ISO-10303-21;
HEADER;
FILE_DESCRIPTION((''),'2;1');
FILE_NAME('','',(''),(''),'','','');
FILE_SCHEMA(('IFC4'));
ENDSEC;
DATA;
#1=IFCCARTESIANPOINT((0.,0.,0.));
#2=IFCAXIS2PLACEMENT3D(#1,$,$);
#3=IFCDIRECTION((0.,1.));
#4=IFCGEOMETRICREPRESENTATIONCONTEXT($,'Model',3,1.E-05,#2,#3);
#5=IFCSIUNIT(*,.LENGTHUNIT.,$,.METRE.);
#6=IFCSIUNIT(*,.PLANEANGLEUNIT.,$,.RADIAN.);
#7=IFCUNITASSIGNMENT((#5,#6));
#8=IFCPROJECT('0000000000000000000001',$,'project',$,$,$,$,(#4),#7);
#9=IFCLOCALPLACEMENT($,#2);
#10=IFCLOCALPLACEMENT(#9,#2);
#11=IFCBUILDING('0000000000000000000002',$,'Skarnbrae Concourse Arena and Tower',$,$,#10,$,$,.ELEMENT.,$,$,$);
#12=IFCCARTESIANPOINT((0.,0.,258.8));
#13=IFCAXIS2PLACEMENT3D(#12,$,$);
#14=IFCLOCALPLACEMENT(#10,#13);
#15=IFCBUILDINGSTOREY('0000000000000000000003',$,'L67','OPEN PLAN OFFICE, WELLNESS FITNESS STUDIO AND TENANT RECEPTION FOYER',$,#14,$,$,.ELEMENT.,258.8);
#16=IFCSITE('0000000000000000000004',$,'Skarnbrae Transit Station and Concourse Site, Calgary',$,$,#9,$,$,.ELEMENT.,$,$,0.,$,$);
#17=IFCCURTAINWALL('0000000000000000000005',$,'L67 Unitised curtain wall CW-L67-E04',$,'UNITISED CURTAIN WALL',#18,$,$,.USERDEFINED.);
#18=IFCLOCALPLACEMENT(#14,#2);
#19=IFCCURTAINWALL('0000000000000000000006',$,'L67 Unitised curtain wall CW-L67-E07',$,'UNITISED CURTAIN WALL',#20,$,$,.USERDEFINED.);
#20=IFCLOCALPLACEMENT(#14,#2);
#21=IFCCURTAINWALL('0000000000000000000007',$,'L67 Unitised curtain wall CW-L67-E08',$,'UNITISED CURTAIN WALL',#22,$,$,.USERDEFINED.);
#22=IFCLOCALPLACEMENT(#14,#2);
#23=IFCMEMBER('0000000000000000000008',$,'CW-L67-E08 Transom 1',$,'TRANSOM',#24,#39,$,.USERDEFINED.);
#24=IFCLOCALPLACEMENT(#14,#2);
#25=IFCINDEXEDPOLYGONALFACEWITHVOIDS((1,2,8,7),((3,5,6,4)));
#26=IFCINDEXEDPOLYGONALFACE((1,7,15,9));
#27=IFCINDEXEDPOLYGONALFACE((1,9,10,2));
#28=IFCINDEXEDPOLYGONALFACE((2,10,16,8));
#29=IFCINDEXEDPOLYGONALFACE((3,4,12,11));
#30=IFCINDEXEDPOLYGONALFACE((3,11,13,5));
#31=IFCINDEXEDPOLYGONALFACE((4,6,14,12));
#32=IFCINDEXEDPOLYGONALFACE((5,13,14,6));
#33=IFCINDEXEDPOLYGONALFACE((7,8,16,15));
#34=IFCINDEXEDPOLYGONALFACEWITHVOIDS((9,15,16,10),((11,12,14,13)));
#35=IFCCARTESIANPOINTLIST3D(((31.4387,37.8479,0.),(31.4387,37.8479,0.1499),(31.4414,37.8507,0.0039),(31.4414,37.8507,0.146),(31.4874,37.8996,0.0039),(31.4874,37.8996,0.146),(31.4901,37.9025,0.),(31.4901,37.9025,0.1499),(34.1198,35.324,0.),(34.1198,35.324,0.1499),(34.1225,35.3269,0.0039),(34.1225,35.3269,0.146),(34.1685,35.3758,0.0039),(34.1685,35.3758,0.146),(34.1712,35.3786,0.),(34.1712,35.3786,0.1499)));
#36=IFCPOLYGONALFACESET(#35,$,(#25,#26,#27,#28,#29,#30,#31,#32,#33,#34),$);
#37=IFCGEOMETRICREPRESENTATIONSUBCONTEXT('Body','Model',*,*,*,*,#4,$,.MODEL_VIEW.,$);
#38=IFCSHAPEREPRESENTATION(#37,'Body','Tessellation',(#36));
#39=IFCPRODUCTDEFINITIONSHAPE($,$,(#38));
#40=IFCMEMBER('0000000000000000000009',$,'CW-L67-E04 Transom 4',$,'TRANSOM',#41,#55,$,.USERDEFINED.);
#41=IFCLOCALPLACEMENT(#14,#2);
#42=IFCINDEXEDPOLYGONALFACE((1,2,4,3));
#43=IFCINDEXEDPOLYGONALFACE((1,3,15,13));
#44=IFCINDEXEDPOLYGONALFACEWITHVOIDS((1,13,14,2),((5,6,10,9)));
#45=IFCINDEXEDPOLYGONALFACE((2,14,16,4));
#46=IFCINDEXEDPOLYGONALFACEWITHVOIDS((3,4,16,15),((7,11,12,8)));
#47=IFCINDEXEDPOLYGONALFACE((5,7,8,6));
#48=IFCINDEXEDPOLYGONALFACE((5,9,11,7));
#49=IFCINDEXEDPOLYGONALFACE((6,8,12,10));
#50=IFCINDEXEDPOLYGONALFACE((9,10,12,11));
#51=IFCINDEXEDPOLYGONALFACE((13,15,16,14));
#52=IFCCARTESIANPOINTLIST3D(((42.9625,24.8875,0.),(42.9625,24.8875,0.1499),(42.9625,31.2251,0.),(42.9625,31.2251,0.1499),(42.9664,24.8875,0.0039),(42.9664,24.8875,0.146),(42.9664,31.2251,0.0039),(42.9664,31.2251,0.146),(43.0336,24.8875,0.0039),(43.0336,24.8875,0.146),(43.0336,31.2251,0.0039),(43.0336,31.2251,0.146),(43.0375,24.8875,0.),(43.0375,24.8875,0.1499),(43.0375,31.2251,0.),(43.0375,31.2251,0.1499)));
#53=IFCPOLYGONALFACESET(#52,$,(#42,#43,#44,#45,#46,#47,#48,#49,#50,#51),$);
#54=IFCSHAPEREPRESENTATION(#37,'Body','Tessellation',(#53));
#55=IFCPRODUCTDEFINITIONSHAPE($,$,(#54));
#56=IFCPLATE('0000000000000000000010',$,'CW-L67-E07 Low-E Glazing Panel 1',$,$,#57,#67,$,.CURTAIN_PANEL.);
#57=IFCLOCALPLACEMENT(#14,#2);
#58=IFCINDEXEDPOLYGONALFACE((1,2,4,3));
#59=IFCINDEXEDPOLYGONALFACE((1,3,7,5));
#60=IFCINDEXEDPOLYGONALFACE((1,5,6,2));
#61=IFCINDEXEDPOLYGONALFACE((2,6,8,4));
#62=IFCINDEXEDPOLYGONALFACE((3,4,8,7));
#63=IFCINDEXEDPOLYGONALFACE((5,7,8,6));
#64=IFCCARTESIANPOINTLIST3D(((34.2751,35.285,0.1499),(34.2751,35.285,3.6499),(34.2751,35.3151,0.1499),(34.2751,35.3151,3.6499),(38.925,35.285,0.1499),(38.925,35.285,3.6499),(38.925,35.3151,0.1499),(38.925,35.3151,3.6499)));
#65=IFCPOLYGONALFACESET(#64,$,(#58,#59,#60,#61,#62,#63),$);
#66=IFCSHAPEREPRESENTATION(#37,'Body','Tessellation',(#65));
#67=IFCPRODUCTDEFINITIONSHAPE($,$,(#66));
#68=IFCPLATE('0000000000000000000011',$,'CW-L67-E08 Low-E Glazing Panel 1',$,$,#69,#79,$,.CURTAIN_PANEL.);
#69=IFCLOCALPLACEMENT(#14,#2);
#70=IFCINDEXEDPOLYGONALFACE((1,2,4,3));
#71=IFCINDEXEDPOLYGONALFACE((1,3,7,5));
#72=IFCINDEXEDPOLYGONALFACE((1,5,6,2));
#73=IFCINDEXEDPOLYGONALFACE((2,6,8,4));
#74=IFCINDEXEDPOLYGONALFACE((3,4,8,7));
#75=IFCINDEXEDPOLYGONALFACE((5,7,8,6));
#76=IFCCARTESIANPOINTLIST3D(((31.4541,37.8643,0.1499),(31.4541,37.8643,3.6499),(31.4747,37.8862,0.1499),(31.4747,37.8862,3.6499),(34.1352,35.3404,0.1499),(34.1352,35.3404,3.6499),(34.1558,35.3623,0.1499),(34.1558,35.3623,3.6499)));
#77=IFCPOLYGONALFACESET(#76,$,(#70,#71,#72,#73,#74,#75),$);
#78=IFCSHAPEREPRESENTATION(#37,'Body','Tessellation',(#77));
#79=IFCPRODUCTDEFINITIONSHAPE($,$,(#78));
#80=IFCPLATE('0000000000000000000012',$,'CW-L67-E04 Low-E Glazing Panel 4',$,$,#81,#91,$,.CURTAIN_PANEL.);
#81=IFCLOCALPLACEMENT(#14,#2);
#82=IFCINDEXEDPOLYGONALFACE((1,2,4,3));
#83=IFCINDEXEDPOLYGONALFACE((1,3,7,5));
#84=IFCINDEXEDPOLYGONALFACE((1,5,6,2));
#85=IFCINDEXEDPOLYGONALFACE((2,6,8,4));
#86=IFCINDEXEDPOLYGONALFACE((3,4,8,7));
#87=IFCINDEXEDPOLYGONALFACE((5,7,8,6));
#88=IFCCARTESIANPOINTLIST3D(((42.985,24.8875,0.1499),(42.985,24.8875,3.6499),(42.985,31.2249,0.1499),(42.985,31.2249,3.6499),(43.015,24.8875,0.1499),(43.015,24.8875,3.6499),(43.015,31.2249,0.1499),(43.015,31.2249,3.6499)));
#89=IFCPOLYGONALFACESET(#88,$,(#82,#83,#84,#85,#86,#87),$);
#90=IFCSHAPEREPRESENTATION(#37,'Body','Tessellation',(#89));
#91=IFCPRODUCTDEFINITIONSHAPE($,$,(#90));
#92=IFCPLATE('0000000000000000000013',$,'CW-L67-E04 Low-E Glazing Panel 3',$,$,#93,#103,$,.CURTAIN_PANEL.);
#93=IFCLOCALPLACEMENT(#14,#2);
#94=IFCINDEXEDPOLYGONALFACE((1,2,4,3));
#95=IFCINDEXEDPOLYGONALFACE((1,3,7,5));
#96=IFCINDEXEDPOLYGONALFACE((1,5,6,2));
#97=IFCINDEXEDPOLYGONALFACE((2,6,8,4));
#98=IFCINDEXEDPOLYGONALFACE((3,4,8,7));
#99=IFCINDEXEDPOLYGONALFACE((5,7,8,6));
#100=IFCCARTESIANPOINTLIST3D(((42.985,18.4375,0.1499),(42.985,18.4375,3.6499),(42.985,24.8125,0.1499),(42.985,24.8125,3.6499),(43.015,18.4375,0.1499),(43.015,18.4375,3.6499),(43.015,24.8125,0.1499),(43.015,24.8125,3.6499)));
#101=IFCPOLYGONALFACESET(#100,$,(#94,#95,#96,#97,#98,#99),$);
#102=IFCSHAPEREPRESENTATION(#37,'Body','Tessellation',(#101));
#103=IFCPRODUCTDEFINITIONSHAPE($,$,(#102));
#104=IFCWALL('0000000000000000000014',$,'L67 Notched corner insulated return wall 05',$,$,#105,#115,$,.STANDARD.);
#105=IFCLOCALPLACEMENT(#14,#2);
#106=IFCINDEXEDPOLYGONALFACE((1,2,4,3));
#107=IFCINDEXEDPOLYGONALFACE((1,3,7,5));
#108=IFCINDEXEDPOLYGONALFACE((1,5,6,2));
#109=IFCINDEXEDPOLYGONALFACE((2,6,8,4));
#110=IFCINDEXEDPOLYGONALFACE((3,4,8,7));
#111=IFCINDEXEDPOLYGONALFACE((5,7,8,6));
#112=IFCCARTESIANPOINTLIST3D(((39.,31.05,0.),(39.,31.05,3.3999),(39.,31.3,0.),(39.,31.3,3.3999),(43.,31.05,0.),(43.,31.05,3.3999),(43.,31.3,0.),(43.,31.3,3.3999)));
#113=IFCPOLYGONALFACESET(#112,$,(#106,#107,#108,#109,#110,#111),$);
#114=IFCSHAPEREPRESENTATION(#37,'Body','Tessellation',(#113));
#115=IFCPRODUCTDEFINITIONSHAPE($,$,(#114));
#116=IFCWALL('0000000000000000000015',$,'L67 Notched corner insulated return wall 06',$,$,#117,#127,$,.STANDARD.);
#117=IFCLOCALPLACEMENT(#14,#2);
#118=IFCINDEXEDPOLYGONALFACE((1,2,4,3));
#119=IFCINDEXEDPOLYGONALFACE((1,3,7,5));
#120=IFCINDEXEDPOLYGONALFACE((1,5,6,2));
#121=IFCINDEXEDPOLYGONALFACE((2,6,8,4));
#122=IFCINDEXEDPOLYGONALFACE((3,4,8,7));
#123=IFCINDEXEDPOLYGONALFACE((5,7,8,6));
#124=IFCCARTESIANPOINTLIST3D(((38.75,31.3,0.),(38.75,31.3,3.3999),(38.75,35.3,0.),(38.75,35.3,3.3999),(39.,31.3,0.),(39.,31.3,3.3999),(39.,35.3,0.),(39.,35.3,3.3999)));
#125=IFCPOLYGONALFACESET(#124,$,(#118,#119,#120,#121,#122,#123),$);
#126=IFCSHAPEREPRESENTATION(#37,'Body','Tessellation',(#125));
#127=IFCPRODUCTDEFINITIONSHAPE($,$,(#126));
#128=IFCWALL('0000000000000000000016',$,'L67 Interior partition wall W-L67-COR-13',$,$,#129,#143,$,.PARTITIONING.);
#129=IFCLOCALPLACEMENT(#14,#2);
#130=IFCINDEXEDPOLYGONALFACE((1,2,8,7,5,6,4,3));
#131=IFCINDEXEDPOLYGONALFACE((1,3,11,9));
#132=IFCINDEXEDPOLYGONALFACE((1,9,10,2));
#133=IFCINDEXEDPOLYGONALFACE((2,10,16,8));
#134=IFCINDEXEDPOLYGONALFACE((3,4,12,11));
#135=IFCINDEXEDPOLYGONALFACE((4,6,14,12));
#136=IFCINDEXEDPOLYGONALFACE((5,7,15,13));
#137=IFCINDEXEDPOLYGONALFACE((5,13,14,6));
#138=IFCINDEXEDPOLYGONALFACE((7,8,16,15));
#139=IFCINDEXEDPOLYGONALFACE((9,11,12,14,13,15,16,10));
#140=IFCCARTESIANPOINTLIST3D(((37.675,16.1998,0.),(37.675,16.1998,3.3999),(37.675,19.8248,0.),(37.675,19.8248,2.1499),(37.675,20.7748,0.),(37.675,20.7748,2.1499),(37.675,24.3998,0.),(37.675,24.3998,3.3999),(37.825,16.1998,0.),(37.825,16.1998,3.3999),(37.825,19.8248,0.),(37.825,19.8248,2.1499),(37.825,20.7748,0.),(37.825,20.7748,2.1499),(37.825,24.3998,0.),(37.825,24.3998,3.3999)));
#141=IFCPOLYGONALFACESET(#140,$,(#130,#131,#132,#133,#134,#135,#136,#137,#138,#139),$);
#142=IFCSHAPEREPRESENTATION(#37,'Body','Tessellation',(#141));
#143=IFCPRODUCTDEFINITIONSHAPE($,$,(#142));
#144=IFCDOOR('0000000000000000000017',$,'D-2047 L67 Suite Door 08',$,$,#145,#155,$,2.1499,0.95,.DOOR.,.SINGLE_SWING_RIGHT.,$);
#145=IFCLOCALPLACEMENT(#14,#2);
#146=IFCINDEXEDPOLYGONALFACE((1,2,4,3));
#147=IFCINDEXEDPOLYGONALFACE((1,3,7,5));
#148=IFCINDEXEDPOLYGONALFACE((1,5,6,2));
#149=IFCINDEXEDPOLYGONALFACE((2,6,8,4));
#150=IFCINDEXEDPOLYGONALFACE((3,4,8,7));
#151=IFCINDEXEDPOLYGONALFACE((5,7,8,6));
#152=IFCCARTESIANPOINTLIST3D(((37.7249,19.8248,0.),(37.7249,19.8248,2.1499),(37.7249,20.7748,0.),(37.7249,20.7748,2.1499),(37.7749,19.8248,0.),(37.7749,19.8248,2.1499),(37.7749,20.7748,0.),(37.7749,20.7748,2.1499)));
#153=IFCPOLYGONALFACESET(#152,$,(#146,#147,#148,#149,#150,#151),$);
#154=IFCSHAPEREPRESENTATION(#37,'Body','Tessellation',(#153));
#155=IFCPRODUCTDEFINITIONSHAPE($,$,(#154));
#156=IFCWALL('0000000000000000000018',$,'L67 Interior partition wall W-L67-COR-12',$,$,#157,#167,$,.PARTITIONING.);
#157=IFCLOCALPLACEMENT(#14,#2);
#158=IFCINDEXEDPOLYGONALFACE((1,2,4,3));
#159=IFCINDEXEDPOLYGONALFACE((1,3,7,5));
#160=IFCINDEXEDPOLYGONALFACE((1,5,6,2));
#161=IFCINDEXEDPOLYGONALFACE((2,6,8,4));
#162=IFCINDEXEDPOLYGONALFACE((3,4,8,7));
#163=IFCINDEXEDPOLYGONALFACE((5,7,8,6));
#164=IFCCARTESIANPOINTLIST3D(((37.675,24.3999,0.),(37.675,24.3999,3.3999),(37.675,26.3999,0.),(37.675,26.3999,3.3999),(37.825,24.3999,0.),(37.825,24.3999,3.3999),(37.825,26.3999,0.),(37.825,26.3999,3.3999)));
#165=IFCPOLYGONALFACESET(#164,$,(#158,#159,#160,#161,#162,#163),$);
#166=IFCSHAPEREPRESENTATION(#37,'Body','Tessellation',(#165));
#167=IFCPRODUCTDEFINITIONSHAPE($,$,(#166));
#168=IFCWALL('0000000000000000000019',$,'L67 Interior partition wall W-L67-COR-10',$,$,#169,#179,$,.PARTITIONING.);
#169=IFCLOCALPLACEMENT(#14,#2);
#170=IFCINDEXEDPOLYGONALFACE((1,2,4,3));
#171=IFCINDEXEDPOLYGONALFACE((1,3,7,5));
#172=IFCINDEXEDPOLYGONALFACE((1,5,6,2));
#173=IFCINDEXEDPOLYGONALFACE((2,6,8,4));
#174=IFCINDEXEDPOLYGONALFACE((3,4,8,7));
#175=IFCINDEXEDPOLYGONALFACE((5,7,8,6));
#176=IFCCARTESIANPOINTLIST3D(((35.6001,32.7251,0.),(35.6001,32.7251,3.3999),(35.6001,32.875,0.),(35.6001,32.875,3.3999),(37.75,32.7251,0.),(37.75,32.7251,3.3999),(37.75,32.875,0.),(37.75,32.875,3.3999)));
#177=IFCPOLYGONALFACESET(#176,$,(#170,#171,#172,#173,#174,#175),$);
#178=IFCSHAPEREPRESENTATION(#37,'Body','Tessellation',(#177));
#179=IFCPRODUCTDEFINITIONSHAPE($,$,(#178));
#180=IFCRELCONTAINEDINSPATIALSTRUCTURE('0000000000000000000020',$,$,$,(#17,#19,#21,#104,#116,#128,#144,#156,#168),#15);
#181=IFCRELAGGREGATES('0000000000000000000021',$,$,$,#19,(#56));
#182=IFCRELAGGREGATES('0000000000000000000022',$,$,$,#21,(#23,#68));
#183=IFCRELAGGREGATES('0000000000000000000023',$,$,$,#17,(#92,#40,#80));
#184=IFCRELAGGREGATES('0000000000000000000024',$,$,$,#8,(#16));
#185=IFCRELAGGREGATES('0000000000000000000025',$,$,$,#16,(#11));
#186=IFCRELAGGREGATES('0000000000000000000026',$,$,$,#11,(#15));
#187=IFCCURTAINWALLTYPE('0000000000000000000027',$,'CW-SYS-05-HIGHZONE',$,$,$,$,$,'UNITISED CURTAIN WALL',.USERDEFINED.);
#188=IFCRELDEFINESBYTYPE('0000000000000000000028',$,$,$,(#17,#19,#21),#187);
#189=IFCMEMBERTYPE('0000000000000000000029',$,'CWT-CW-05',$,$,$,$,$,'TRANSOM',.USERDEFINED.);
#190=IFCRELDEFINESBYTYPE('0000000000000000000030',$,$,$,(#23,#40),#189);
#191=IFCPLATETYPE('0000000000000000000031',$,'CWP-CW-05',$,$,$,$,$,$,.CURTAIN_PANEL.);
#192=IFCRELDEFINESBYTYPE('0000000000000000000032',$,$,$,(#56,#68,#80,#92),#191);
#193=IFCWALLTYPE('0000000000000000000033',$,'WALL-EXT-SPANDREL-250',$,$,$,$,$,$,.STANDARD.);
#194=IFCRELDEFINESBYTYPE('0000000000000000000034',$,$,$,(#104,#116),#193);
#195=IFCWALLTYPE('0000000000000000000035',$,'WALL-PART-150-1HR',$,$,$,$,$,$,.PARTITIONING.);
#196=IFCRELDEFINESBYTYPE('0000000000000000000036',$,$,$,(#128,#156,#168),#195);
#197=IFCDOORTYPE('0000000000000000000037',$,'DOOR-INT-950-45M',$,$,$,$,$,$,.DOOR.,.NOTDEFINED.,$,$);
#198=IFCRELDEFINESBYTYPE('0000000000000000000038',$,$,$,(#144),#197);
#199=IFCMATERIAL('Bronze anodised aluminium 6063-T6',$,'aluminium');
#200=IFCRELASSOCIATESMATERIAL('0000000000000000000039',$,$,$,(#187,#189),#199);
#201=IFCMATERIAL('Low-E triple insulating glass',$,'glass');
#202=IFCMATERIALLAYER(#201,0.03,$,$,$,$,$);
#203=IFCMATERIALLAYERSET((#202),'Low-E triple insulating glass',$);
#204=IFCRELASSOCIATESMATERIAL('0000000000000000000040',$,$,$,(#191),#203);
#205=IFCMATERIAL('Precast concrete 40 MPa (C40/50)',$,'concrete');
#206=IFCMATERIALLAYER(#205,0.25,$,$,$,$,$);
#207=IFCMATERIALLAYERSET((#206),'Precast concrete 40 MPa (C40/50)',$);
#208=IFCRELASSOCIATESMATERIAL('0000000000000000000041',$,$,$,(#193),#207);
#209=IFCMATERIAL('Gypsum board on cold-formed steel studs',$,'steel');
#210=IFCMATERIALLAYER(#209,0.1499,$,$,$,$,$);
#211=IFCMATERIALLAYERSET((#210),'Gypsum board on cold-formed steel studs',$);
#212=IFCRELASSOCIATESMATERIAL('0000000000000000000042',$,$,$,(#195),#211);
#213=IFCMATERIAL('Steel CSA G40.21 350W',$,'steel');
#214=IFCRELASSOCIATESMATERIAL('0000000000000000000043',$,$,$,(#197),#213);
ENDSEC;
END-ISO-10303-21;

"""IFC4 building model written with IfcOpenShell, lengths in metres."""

from ifc_helpers import new_model, si_unit, direction, frame, frame_2d, origin, origin_2d, place, context, subcontext, project, spatial, rectangle, hollow_rectangle, extrude, source, transform, mapped, material, layer, layer_set, material_profile, profile_set, type_object, element, fill, aggregate, save


model = new_model("IFC4")

# Units and contexts
model_context = context("Model", 3, precision=1e-05, world=origin(), true_north=direction((0.0, 1.0)))
body_context = subcontext(model_context, "Body", "Model", "MODEL_VIEW")
ifc_project = project(units=[si_unit("LENGTHUNIT", "METRE"), si_unit("PLANEANGLEUNIT", "RADIAN")], contexts=[model_context])

# Site, building, storey
site_placement = place(None, origin())
site = spatial("IfcSite", under=ifc_project, at=site_placement, Name="Skarnbrae Transit Station and Concourse Site, Calgary", CompositionType="ELEMENT", RefElevation=0.0)
building_placement = place(site_placement, origin())
building = spatial("IfcBuilding", under=site, at=building_placement, Name="Skarnbrae Concourse Arena and Tower", CompositionType="ELEMENT")
storey_placement = place(building_placement, frame((0.0, 0.0, 258.8)))
storey = spatial("IfcBuildingStorey", under=building, at=storey_placement, Name="L67", Description="OPEN PLAN OFFICE, WELLNESS FITNESS STUDIO AND TENANT RECEPTION FOYER", CompositionType="ELEMENT", Elevation=258.8)

# Shared definitions
ifc_material_1 = material(Name="Steel CSA G40.21 350W", Category="steel")

# Curtain walls
ifc_material_2 = material(Name="Bronze anodised aluminium 6063-T6", Category="aluminium")
curtain_wall_type = type_object("IfcCurtainWallType", Name="CW-SYS-05-HIGHZONE", ElementType="UNITISED CURTAIN WALL", PredefinedType="USERDEFINED", material=ifc_material_2)
curtain_wall_1_placement = place(storey_placement, origin())
curtain_wall_1 = element("IfcCurtainWall", 1, at=curtain_wall_1_placement, inside=storey, type_object=curtain_wall_type, Name="L67 Unitised curtain wall CW-L67-E04", ObjectType="UNITISED CURTAIN WALL", PredefinedType="USERDEFINED")
curtain_wall_2_placement = place(storey_placement, origin())
curtain_wall_2 = element("IfcCurtainWall", 2, at=curtain_wall_2_placement, inside=storey, type_object=curtain_wall_type, Name="L67 Unitised curtain wall CW-L67-E07", ObjectType="UNITISED CURTAIN WALL", PredefinedType="USERDEFINED")

# Curtain wall
curtain_wall_3_placement = place(storey_placement, origin())
curtain_wall_3 = element("IfcCurtainWall", 3, at=curtain_wall_3_placement, inside=storey, type_object=curtain_wall_type, Name="L67 Unitised curtain wall CW-L67-E08", ObjectType="UNITISED CURTAIN WALL", PredefinedType="USERDEFINED")

# Members
ifc_material_profile_1 = material_profile(ifc_material_2, hollow_rectangle(XDim=0.075, YDim=0.1499, WallThickness=0.0039, at=origin_2d()), Name="ALU-TRAN-75X150")
ifc_profile_set_1 = profile_set([ifc_material_profile_1], Name="Bronze anodised aluminium 6063-T6")
member_type_1 = type_object("IfcMemberType", Name="CWT-CW-05", ElementType="TRANSOM", PredefinedType="USERDEFINED", material=ifc_profile_set_1)
shared_shape_1 = source(origin(), body_context, "Body", "SweptSolid", [
    extrude(hollow_rectangle(XDim=0.075, YDim=0.1499, WallThickness=0.0039, at=origin_2d()), origin(), (0.0, 0.0, 1.0), 3.6821),
])
member_1_placement = place(storey_placement, frame((34.1455, 35.3513, 0.075), z_axis=(-0.728134, 0.685435, 0.0), x_axis=(-0.685435, -0.728134, 0.0)))
member_1 = element("IfcMember", 4, at=member_1_placement, type_object=member_type_1, Name="CW-L67-E08 Transom 1", ObjectType="TRANSOM", PredefinedType="USERDEFINED", context=body_context, shape_type="MappedRepresentation", body=[
    mapped(shared_shape_1, transform((0.0, 0.0, 0.0))),
])
shared_shape_2 = source(origin(), body_context, "Body", "SweptSolid", [
    extrude(hollow_rectangle(XDim=0.075, YDim=0.1499, WallThickness=0.0039, at=origin_2d()), origin(), (0.0, 0.0, 1.0), 6.3376),
])
member_2_placement = place(storey_placement, frame((43.0, 24.8875, 0.075), z_axis=(0.0, 1.0, 0.0), x_axis=(-1.0, 0.0, 0.0)))
member_2 = element("IfcMember", 5, at=member_2_placement, type_object=member_type_1, Name="CW-L67-E04 Transom 4", ObjectType="TRANSOM", PredefinedType="USERDEFINED", context=body_context, shape_type="MappedRepresentation", body=[
    mapped(shared_shape_2, transform((0.0, 0.0, 0.0))),
])

# Plates
ifc_material_3 = material(Name="Low-E triple insulating glass", Category="glass")
ifc_layer_1 = layer(ifc_material_3, 0.03)
ifc_layer_set_1 = layer_set([ifc_layer_1], Name="Low-E triple insulating glass")
plate_type = type_object("IfcPlateType", Name="CWP-CW-05", PredefinedType="CURTAIN_PANEL", material=ifc_layer_set_1)
shared_shape_3 = source(origin(), body_context, "Body", "SweptSolid", [
    extrude(rectangle(XDim=4.6499, YDim=0.03, at=origin_2d()), origin(), (0.0, 0.0, 1.0), 3.5),
])
plate_1_placement = place(storey_placement, frame((36.6001, 35.3, 0.1499), z_axis=(0.0, 0.0, 1.0), x_axis=(-1.0, 0.0, 0.0)))
plate_1 = element("IfcPlate", 6, at=plate_1_placement, type_object=plate_type, Name="CW-L67-E07 Low-E Glazing Panel 1", PredefinedType="CURTAIN_PANEL", context=body_context, shape_type="MappedRepresentation", body=[
    mapped(shared_shape_3, transform((0.0, 0.0, 0.0))),
])
aggregate(curtain_wall_2, [plate_1])
shared_shape_4 = source(origin(), body_context, "Body", "SweptSolid", [
    extrude(rectangle(XDim=3.6821, YDim=0.03, at=origin_2d()), origin(), (0.0, 0.0, 1.0), 3.5),
])
plate_2_placement = place(storey_placement, frame((32.8049, 36.6133, 0.1499), z_axis=(0.0, 0.0, 1.0), x_axis=(-0.728131, 0.685438, 0.0)))
plate_2 = element("IfcPlate", 7, at=plate_2_placement, type_object=plate_type, Name="CW-L67-E08 Low-E Glazing Panel 1", PredefinedType="CURTAIN_PANEL", context=body_context, shape_type="MappedRepresentation", body=[
    mapped(shared_shape_4, transform((0.0, 0.0, 0.0))),
])
aggregate(curtain_wall_3, [member_1, plate_2])
shared_shape_5 = source(origin(), body_context, "Body", "SweptSolid", [
    extrude(rectangle(XDim=6.3374, YDim=0.03, at=origin_2d()), origin(), (0.0, 0.0, 1.0), 3.5),
])
plate_3_placement = place(storey_placement, frame((43.0, 28.0562, 0.1499), z_axis=(0.0, 0.0, 1.0), x_axis=(0.0, 1.0, 0.0)))
plate_3 = element("IfcPlate", 8, at=plate_3_placement, type_object=plate_type, Name="CW-L67-E04 Low-E Glazing Panel 4", PredefinedType="CURTAIN_PANEL", context=body_context, shape_type="MappedRepresentation", body=[
    mapped(shared_shape_5, transform((0.0, 0.0, 0.0))),
])
shared_shape_6 = source(origin(), body_context, "Body", "SweptSolid", [
    extrude(rectangle(XDim=6.375, YDim=0.03, at=origin_2d()), origin(), (0.0, 0.0, 1.0), 3.5),
])
plate_4_placement = place(storey_placement, frame((43.0, 21.625, 0.1499), z_axis=(0.0, 0.0, 1.0), x_axis=(0.0, 1.0, 0.0)))
plate_4 = element("IfcPlate", 9, at=plate_4_placement, type_object=plate_type, Name="CW-L67-E04 Low-E Glazing Panel 3", PredefinedType="CURTAIN_PANEL", context=body_context, shape_type="MappedRepresentation", body=[
    mapped(shared_shape_6, transform((0.0, 0.0, 0.0))),
])
aggregate(curtain_wall_1, [plate_4, member_2, plate_3])

# Walls
ifc_material_4 = material(Name="Precast concrete 40 MPa (C40/50)", Category="concrete")
ifc_layer_2 = layer(ifc_material_4, 0.25)
ifc_layer_set_2 = layer_set([ifc_layer_2], Name="Precast concrete 40 MPa (C40/50)")
wall_type_1 = type_object("IfcWallType", Name="WALL-EXT-SPANDREL-250", PredefinedType="STANDARD", material=ifc_layer_set_2)
shared_shape_7 = source(origin(), body_context, "Body", "SweptSolid", [
    extrude(rectangle(XDim=4.0, YDim=0.25, at=frame_2d((2.0, 0.0))), origin(), (0.0, 0.0, 1.0), 3.3999),
])
for number, where, z_axis, x_axis, name in (
    (10, (43.0, 31.175, 0.0), (0.0, 0.0, 1.0), (-1.0, 0.0, 0.0), "L67 Notched corner insulated return wall 05"),
    (11, (38.875, 31.3, 0.0), (0.0, 0.0, 1.0), (0.0, 1.0, 0.0), "L67 Notched corner insulated return wall 06"),
):
    element("IfcWall", number, at=place(storey_placement, frame(where, z_axis=z_axis, x_axis=x_axis)), inside=storey, type_object=wall_type_1, Name=name, PredefinedType="STANDARD", context=body_context, shape_type="MappedRepresentation", body=[
        mapped(shared_shape_7, transform((0.0, 0.0, 0.0))),
    ])

# Wall, opening, door
ifc_material_5 = material(Name="Gypsum board on cold-formed steel studs", Category="steel")
ifc_layer_3 = layer(ifc_material_5, 0.1499)
ifc_layer_set_3 = layer_set([ifc_layer_3], Name="Gypsum board on cold-formed steel studs")
wall_type_2 = type_object("IfcWallType", Name="WALL-PART-150-1HR", PredefinedType="PARTITIONING", material=ifc_layer_set_3)
shared_shape_8 = source(origin(), body_context, "Body", "SweptSolid", [
    extrude(rectangle(XDim=8.2, YDim=0.1499, at=frame_2d((4.1001, 0.0))), origin(), (0.0, 0.0, 1.0), 3.3999),
])
wall_1_placement = place(storey_placement, frame((37.75, 24.3999, 0.0), z_axis=(0.0, 0.0, 1.0), x_axis=(0.0, -1.0, 0.0)))
wall_1 = element("IfcWall", 12, at=wall_1_placement, inside=storey, type_object=wall_type_2, Name="L67 Interior partition wall W-L67-COR-13", PredefinedType="PARTITIONING", context=body_context, shape_type="MappedRepresentation", body=[
    mapped(shared_shape_8, transform((0.0, 0.0, 0.0))),
])
opening_1_placement = place(wall_1_placement, frame((3.625, 0.0, 0.0)))
opening_1 = element("IfcOpeningElement", 13, at=opening_1_placement, cuts=wall_1, PredefinedType="OPENING", context=body_context, shape_type="SweptSolid", body=[
    extrude(rectangle(XDim=0.95, YDim=2.1499, at=frame_2d((0.4751, 1.075))), frame((0.0, 0.085, 0.0), z_axis=(0.0, -1.0, 0.0), x_axis=(1.0, 0.0, 0.0)), (0.0, 0.0, 1.0), 0.1699),
])
door_type = type_object("IfcDoorType", Name="DOOR-INT-950-45M", OperationType="NOTDEFINED", PredefinedType="DOOR", material=ifc_material_1)
shared_shape_9 = source(origin(), body_context, "Body", "SweptSolid", [
    extrude(rectangle(XDim=0.95, YDim=2.1499, at=frame_2d((0.4751, 1.075))), frame((0.0, 0.0249, 0.0), z_axis=(0.0, -1.0, 0.0), x_axis=(1.0, 0.0, 0.0)), (0.0, 0.0, 1.0), 0.05),
])
door_1_placement = place(opening_1_placement, origin())
door_1 = element("IfcDoor", 14, at=door_1_placement, inside=storey, type_object=door_type, Name="D-2047 L67 Suite Door 08", OperationType="SINGLE_SWING_RIGHT", OverallHeight=2.1499, OverallWidth=0.95, PredefinedType="DOOR", context=body_context, shape_type="MappedRepresentation", body=[
    mapped(shared_shape_9, transform((0.0, 0.0, 0.0))),
])
fill(opening_1, door_1)

# Walls
shared_shape_10 = source(origin(), body_context, "Body", "SweptSolid", [
    extrude(rectangle(XDim=2.0, YDim=0.1499, at=frame_2d((1.0, 0.0))), origin(), (0.0, 0.0, 1.0), 3.3999),
])
wall_2_placement = place(storey_placement, frame((37.75, 26.3999, 0.0), z_axis=(0.0, 0.0, 1.0), x_axis=(0.0, -1.0, 0.0)))
element("IfcWall", 15, at=wall_2_placement, inside=storey, type_object=wall_type_2, Name="L67 Interior partition wall W-L67-COR-12", PredefinedType="PARTITIONING", context=body_context, shape_type="MappedRepresentation", body=[
    mapped(shared_shape_10, transform((0.0, 0.0, 0.0))),
])
shared_shape_11 = source(origin(), body_context, "Body", "SweptSolid", [
    extrude(rectangle(XDim=2.1499, YDim=0.1499, at=frame_2d((1.075, 0.0))), origin(), (0.0, 0.0, 1.0), 3.3999),
])
wall_3_placement = place(storey_placement, frame((35.6001, 32.8, 0.0), z_axis=(0.0, 0.0, 1.0), x_axis=(1.0, 0.0, 0.0)))
element("IfcWall", 16, at=wall_3_placement, inside=storey, type_object=wall_type_2, Name="L67 Interior partition wall W-L67-COR-10", PredefinedType="PARTITIONING", context=body_context, shape_type="MappedRepresentation", body=[
    mapped(shared_shape_11, transform((0.0, 0.0, 0.0))),
])

save(model, "model.ifc")
